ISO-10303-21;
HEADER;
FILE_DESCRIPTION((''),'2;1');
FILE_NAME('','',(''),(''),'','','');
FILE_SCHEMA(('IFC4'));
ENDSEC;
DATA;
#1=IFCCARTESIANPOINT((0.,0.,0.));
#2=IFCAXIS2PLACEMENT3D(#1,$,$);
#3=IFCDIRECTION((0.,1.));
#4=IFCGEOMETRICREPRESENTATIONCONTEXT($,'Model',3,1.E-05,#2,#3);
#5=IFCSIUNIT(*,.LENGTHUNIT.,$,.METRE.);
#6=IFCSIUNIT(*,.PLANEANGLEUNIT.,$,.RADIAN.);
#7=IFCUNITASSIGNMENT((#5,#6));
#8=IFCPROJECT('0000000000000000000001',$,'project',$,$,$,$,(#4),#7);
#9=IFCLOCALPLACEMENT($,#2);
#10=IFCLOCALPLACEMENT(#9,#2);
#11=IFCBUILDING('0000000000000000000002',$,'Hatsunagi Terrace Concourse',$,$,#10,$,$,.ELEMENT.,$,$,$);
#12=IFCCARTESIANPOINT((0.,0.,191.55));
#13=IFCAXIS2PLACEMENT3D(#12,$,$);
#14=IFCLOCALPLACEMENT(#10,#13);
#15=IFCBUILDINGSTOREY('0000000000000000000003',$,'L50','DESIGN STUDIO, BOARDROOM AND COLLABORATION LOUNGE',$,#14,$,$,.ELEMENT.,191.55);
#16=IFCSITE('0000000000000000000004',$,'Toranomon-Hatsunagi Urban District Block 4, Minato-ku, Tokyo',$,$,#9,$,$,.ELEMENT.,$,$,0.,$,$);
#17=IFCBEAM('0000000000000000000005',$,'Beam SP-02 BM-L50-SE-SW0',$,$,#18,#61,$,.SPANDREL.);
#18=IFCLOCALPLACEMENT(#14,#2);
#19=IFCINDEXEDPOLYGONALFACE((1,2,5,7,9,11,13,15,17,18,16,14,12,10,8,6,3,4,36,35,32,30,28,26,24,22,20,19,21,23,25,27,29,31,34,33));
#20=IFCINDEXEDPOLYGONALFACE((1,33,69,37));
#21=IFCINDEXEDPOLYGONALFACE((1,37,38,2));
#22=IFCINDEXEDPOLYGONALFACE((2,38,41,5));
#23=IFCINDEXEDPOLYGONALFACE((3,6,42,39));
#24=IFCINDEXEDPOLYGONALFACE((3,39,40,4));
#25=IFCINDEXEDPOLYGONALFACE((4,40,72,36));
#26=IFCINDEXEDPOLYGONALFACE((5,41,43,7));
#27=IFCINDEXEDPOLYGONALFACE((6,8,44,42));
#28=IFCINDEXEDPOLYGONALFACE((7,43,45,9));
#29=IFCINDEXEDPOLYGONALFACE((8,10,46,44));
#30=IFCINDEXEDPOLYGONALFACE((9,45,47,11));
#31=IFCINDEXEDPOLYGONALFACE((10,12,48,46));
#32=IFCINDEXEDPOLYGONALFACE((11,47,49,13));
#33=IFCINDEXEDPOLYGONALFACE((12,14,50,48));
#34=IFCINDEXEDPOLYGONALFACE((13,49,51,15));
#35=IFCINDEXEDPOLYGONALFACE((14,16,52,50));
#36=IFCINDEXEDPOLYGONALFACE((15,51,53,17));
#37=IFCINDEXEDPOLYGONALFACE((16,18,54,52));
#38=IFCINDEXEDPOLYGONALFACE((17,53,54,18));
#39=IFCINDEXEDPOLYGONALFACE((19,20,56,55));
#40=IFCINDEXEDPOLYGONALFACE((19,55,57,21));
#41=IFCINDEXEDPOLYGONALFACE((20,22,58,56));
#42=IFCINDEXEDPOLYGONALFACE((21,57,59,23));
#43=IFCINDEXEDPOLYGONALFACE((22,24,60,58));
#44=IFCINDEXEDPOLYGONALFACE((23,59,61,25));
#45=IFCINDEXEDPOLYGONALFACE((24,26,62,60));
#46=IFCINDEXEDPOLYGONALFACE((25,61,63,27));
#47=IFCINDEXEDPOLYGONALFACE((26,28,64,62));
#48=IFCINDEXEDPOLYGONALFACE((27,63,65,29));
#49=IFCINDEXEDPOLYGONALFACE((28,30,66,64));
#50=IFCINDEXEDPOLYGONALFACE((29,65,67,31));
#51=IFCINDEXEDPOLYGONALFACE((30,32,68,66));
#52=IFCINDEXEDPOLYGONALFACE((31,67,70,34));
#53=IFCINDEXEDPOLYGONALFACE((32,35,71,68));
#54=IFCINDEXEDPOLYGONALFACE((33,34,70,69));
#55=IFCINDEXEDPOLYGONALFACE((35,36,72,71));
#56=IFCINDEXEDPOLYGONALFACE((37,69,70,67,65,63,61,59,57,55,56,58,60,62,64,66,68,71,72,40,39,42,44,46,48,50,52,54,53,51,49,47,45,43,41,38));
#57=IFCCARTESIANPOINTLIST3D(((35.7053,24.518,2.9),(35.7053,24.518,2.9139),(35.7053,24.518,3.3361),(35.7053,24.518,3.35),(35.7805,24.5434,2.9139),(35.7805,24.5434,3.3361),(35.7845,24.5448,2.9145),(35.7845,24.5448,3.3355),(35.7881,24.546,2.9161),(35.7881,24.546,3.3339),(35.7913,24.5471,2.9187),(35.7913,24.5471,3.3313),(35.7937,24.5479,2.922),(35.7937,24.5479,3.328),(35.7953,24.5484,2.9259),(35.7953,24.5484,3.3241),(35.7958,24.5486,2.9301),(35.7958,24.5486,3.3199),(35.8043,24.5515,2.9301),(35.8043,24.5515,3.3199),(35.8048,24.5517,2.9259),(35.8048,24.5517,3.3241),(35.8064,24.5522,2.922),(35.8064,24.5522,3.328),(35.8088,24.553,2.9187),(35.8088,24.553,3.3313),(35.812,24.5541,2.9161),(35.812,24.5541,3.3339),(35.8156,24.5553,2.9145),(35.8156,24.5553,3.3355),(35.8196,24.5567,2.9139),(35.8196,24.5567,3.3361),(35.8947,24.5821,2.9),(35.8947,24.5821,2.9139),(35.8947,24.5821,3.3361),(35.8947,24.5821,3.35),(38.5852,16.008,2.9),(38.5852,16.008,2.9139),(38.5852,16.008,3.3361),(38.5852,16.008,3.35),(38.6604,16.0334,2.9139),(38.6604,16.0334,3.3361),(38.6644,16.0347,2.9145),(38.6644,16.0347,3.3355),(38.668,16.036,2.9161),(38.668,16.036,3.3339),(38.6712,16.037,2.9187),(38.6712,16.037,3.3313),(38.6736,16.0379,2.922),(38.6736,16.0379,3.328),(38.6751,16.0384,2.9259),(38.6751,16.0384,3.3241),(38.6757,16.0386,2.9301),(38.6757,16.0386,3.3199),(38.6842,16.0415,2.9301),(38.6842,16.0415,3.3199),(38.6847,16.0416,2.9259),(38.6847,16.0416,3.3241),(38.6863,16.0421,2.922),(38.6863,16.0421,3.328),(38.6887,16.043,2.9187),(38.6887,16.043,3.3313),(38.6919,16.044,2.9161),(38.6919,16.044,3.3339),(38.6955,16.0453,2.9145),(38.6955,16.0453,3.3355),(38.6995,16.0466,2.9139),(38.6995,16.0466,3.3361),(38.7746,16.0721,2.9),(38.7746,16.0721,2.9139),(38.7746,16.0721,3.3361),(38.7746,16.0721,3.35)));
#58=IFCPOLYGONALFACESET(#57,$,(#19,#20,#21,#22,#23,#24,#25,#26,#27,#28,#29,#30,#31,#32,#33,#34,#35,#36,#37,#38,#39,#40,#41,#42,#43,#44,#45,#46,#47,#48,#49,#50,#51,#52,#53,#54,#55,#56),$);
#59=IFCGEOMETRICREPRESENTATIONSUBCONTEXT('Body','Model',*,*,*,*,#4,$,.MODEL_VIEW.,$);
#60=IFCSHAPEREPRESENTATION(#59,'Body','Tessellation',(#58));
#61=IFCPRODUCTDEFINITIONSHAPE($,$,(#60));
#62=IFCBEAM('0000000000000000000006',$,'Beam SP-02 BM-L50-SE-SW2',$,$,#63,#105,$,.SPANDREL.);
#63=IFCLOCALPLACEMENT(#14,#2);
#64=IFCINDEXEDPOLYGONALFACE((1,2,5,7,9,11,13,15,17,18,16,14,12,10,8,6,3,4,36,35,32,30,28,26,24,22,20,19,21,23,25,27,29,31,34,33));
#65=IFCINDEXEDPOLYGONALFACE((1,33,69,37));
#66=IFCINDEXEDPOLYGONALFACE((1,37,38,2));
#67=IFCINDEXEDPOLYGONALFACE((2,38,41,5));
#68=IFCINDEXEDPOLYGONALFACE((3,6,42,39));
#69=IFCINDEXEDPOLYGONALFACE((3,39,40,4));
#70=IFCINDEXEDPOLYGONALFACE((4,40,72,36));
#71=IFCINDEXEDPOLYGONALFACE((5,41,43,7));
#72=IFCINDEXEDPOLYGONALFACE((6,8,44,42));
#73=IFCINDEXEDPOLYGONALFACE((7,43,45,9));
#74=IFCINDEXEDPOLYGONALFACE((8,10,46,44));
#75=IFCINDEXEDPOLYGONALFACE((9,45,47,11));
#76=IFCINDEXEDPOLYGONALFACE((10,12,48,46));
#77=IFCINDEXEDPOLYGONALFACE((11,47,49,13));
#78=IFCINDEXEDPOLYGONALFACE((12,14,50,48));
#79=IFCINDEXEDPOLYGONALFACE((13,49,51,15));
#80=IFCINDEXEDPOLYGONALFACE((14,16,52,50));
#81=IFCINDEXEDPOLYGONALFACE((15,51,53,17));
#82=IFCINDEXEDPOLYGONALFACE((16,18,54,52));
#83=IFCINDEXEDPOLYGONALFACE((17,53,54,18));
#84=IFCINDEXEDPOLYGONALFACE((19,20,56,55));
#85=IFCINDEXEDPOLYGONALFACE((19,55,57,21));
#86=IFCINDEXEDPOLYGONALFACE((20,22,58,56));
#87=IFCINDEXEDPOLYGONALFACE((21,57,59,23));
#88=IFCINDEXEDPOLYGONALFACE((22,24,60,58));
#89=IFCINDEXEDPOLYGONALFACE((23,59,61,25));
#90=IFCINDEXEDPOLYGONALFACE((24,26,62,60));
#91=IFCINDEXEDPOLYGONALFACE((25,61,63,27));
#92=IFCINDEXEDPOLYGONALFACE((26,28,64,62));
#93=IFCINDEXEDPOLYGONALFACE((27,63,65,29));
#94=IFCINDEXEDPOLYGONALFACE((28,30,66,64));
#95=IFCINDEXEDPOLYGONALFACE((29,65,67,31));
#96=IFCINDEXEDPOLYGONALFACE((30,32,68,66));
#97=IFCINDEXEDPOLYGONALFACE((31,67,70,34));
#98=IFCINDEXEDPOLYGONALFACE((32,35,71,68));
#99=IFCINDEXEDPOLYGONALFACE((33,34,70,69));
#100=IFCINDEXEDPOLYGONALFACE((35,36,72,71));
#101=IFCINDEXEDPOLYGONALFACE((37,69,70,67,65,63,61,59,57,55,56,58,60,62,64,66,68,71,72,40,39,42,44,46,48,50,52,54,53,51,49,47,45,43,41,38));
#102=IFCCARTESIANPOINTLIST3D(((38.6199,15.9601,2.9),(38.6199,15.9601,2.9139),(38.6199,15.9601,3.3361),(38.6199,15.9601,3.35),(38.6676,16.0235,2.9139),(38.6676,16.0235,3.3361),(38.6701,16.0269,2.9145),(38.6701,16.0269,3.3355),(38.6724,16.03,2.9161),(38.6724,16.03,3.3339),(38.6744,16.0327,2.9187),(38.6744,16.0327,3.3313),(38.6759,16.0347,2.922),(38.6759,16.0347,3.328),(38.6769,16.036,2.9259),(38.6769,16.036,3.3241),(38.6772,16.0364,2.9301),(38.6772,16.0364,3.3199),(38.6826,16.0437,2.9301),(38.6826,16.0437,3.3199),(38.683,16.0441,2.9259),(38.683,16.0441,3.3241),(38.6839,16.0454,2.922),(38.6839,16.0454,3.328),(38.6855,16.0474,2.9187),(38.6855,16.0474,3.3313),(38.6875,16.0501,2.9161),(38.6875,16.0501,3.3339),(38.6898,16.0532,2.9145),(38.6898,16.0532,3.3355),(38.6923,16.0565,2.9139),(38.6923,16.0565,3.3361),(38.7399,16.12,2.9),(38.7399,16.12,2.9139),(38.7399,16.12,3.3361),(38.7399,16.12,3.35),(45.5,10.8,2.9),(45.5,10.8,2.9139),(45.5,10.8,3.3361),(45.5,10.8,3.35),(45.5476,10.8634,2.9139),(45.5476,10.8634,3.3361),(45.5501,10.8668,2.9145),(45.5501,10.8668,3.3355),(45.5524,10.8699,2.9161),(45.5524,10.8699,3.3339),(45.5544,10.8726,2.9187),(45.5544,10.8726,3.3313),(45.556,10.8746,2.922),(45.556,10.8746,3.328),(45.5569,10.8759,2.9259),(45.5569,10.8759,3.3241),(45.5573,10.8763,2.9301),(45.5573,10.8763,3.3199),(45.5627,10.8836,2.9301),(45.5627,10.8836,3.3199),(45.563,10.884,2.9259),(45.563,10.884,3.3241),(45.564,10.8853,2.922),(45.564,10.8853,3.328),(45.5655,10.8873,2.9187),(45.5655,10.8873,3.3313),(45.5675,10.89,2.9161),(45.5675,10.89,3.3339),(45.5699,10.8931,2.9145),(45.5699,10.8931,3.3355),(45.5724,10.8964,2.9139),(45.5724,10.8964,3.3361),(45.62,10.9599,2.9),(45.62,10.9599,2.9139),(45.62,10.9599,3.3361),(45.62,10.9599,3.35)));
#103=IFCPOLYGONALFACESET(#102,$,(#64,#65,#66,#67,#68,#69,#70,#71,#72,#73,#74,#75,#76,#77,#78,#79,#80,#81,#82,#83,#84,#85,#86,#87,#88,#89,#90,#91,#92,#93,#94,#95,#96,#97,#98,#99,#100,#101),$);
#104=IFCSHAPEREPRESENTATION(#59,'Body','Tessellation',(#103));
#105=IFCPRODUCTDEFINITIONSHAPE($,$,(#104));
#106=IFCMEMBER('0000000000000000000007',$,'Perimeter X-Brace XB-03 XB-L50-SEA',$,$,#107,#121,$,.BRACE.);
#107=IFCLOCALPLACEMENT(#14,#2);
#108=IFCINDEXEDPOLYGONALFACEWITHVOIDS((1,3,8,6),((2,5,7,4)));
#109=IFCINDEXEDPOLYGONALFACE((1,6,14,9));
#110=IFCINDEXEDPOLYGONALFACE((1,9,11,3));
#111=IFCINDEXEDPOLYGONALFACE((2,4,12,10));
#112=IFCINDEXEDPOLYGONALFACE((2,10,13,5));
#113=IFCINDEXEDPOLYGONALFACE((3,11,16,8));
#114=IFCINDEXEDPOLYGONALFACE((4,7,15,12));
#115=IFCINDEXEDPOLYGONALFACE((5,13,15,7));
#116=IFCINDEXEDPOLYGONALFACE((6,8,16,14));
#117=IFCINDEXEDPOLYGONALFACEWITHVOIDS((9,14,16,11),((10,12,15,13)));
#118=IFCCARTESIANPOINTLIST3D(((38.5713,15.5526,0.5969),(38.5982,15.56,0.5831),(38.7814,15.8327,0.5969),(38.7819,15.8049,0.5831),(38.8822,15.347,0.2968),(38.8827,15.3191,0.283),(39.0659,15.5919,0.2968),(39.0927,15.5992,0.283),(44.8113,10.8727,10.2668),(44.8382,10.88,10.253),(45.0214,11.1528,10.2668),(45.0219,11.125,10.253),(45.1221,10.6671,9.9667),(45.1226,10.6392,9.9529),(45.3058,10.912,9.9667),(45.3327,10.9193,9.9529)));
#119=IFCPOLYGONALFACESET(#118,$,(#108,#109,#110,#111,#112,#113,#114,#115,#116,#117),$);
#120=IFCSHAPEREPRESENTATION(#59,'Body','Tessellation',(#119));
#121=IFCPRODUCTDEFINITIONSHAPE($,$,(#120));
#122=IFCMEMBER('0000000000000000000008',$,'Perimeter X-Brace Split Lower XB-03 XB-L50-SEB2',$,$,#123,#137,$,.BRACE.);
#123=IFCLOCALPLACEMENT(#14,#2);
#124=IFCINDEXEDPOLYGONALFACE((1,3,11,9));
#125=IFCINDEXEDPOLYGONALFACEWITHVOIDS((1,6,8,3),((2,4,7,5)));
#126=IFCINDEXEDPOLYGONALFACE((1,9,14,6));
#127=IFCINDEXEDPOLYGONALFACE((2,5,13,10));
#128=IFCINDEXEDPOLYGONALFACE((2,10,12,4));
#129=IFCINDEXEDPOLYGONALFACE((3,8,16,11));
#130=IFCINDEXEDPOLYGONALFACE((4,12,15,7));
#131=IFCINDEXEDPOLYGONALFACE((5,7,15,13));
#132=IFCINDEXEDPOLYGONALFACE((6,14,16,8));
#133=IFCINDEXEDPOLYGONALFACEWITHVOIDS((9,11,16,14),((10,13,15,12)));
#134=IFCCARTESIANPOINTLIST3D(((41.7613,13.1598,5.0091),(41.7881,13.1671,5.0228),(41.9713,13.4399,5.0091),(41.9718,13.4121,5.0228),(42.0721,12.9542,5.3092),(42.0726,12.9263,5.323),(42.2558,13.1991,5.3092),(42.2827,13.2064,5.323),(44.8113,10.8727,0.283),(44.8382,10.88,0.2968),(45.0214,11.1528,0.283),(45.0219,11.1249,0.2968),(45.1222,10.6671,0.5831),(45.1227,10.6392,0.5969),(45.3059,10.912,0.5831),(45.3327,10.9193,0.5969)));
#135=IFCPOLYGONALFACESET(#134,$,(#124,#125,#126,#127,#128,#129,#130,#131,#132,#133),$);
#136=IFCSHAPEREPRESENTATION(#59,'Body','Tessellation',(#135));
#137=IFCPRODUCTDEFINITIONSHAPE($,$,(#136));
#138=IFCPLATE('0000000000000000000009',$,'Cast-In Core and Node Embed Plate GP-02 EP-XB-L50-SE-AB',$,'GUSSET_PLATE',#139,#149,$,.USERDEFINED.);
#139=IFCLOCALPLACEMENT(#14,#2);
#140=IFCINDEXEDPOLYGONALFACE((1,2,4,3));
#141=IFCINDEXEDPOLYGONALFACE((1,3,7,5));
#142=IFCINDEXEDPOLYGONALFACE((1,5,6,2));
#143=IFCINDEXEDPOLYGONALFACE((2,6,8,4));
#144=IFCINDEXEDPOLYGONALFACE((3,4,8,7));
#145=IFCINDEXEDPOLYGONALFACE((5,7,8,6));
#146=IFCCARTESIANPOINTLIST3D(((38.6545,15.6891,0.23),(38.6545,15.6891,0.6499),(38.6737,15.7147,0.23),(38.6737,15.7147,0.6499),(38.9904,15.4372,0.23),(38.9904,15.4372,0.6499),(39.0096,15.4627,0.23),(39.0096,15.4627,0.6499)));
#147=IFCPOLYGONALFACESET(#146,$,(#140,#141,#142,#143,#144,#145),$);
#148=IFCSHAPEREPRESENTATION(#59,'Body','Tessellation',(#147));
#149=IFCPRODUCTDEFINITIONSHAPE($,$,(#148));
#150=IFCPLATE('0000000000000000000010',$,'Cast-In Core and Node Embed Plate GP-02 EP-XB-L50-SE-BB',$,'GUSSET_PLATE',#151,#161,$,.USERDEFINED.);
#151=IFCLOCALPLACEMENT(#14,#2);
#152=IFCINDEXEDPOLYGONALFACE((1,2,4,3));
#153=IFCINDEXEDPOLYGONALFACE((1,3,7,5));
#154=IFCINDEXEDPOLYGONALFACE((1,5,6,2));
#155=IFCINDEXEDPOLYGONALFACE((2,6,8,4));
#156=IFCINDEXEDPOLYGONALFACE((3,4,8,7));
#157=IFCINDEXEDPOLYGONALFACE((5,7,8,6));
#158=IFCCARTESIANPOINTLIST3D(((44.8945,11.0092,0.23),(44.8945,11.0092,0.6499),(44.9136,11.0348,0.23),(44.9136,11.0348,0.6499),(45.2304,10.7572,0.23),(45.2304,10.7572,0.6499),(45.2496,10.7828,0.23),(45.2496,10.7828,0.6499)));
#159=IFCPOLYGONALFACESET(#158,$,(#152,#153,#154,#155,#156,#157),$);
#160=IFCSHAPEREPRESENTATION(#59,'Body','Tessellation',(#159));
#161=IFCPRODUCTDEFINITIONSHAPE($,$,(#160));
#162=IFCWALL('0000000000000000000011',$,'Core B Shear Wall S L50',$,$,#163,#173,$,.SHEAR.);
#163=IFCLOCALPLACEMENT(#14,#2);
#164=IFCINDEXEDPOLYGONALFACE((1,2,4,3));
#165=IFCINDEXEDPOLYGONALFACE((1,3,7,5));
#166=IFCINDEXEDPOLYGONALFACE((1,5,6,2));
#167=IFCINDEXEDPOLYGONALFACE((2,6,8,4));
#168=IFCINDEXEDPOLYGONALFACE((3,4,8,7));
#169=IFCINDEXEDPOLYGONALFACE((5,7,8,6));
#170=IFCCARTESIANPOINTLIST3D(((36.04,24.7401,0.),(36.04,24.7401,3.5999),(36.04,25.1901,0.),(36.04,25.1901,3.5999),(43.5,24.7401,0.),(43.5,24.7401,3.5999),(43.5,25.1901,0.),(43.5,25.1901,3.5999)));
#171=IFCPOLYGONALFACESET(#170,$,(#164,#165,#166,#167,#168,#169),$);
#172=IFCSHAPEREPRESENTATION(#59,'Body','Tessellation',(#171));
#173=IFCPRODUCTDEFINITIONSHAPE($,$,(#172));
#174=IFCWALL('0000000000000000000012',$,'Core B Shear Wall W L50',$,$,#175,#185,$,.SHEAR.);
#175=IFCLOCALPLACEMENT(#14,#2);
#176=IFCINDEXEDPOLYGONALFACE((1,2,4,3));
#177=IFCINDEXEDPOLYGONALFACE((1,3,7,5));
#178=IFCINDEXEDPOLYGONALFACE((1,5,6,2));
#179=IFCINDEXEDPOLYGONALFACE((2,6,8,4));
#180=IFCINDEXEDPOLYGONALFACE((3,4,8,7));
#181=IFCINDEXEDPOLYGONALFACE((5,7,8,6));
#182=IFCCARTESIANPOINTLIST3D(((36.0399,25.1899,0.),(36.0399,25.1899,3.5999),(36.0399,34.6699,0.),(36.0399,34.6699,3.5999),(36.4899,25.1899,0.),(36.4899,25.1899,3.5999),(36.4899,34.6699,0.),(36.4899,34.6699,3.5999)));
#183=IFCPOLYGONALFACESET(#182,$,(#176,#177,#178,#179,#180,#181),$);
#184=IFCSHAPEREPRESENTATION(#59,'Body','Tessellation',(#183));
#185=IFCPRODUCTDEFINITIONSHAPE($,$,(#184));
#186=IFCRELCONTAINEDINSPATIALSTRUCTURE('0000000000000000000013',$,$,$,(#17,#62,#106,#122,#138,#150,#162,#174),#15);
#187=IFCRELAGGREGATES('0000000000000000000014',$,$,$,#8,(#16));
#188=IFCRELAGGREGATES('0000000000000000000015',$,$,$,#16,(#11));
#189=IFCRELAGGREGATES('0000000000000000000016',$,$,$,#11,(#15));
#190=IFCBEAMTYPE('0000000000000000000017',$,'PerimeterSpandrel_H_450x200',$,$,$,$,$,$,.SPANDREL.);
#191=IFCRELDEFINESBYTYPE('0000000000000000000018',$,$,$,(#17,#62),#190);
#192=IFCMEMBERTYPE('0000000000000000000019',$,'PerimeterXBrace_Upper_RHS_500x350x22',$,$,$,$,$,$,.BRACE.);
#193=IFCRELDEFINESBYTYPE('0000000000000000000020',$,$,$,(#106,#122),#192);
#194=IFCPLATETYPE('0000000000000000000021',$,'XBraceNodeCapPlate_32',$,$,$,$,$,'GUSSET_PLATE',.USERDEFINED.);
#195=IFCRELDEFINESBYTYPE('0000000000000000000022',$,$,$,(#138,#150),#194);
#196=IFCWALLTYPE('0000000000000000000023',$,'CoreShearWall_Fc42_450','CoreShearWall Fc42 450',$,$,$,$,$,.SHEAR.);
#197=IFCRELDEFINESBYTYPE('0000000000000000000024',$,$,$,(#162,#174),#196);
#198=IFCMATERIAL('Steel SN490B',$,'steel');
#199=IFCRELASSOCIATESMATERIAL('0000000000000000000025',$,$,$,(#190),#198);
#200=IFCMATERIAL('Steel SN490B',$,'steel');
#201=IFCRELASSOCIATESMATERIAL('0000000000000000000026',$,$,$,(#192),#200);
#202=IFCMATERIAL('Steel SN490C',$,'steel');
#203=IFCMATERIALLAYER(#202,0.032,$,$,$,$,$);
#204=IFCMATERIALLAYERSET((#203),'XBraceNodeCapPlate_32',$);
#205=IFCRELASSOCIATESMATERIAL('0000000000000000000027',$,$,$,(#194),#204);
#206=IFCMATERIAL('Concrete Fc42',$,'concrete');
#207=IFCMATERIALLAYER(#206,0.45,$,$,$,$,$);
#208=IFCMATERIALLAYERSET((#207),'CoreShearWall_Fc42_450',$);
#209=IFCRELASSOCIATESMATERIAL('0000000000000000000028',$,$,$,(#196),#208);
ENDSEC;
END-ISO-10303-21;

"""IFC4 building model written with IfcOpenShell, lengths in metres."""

from ifc_helpers import new_model, si_unit, direction, frame, frame_2d, origin, origin_2d, place, context, subcontext, project, spatial, rectangle, hollow_rectangle, i_section, extrude, material, layer, layer_set, material_profile, profile_set, type_object, element, save


model = new_model("IFC4")

# Units and contexts
model_context = context("Model", 3, precision=1e-05, world=origin(), true_north=direction((0.0, 1.0)))
body_context = subcontext(model_context, "Body", "Model", "MODEL_VIEW")
ifc_project = project(units=[si_unit("LENGTHUNIT", "METRE"), si_unit("PLANEANGLEUNIT", "RADIAN")], contexts=[model_context])

# Site, building, storey
site_placement = place(None, origin())
site = spatial("IfcSite", under=ifc_project, at=site_placement, Name="Toranomon-Hatsunagi Urban District Block 4, Minato-ku, Tokyo", CompositionType="ELEMENT", RefElevation=0.0)
building_placement = place(site_placement, origin())
building = spatial("IfcBuilding", under=site, at=building_placement, Name="Hatsunagi Terrace Concourse", CompositionType="ELEMENT")
storey_placement = place(building_placement, frame((0.0, 0.0, 191.55)))
storey = spatial("IfcBuildingStorey", under=building, at=storey_placement, Name="L50", Description="DESIGN STUDIO, BOARDROOM AND COLLABORATION LOUNGE", CompositionType="ELEMENT", Elevation=191.55)

# Beams
ifc_material_1 = material(Name="Steel SN490B", Category="steel")
ifc_material_profile_1 = material_profile(ifc_material_1, i_section(OverallWidth=0.2, OverallDepth=0.45, WebThickness=0.009, FlangeThickness=0.0139, FilletRadius=0.0161, at=origin_2d()), Name="H-450x200x9x14")
ifc_profile_set_1 = profile_set([ifc_material_profile_1], Name="Steel SN490B")
beam_type_1 = type_object("IfcBeamType", Name="PerimeterSpandrel_H_450x200", PredefinedType="SPANDREL", material=ifc_profile_set_1)
beam_1_placement = place(storey_placement, frame((35.8, 24.55, 3.125), z_axis=(0.320553, -0.94723, 0.0), x_axis=(0.94723, 0.320553, 0.0)))
element("IfcBeam", 1, at=beam_1_placement, inside=storey, type_object=beam_type_1, Name="Beam SP-02 BM-L50-SE-SW0", PredefinedType="SPANDREL", context=body_context, shape_type="SweptSolid", body=[
    extrude(i_section(OverallWidth=0.2, OverallDepth=0.45, WebThickness=0.009, FlangeThickness=0.0139, FilletRadius=0.0161, at=origin_2d()), origin(), (0.0, 0.0, 1.0), 8.9841),
])
beam_2_placement = place(storey_placement, frame((38.6799, 16.04, 3.125), z_axis=(0.799997, -0.600005, 0.0), x_axis=(0.600005, 0.799997, 0.0)))
element("IfcBeam", 2, at=beam_2_placement, inside=storey, type_object=beam_type_1, Name="Beam SP-02 BM-L50-SE-SW2", PredefinedType="SPANDREL", context=body_context, shape_type="SweptSolid", body=[
    extrude(i_section(OverallWidth=0.2, OverallDepth=0.45, WebThickness=0.009, FlangeThickness=0.0139, FilletRadius=0.0161, at=origin_2d()), origin(), (0.0, 0.0, 1.0), 8.6001),
])

# Members
ifc_material_2 = material(Name="Steel SN490B", Category="steel")
ifc_material_profile_2 = material_profile(ifc_material_2, hollow_rectangle(XDim=0.3501, YDim=0.5, WallThickness=0.022, at=origin_2d()), Name="RHS-500x350x22")
ifc_profile_set_2 = profile_set([ifc_material_profile_2], Name="Steel SN490B")
member_type = type_object("IfcMemberType", Name="PerimeterXBrace_Upper_RHS_500x350x22", PredefinedType="BRACE", material=ifc_profile_set_2)
member_1_placement = place(storey_placement, frame((38.832, 15.5759, 0.4399), z_axis=(0.502268, -0.376696, 0.778349), x_axis=(0.599995, 0.800004, 0.0)))
element("IfcMember", 3, at=member_1_placement, inside=storey, type_object=member_type, Name="Perimeter X-Brace XB-03 XB-L50-SEA", PredefinedType="BRACE", context=body_context, shape_type="SweptSolid", body=[
    extrude(hollow_rectangle(XDim=0.3501, YDim=0.5, WallThickness=0.022, at=origin_2d()), origin(), (0.0, 0.0, 1.0), 12.4236),
])
member_2_placement = place(storey_placement, frame((42.022, 13.1831, 5.166), z_axis=(0.502312, -0.376664, -0.778336), x_axis=(0.599928, 0.800054, 0.0)))
element("IfcMember", 4, at=member_2_placement, inside=storey, type_object=member_type, Name="Perimeter X-Brace Split Lower XB-03 XB-L50-SEB2", PredefinedType="BRACE", context=body_context, shape_type="SweptSolid", body=[
    extrude(hollow_rectangle(XDim=0.3501, YDim=0.5, WallThickness=0.022, at=origin_2d()), origin(), (0.0, 0.0, 1.0), 6.072),
])

# Plates
ifc_material_3 = material(Name="Steel SN490C", Category="steel")
ifc_layer_1 = layer(ifc_material_3, 0.032)
ifc_layer_set_1 = layer_set([ifc_layer_1], Name="XBraceNodeCapPlate_32")
plate_type = type_object("IfcPlateType", Name="XBraceNodeCapPlate_32", ElementType="GUSSET_PLATE", PredefinedType="USERDEFINED", material=ifc_layer_set_1)
for number, where, z_axis, x_axis, name in (
    (5, (38.832, 15.5759, 0.23), (0.0, 0.0, 1.0), (0.8, -0.6, 0.0), "Cast-In Core and Node Embed Plate GP-02 EP-XB-L50-SE-AB"),
    (6, (45.072, 10.896, 0.23), (0.0, 0.0, 1.0), (0.8, -0.6, 0.0), "Cast-In Core and Node Embed Plate GP-02 EP-XB-L50-SE-BB"),
):
    element("IfcPlate", number, at=place(storey_placement, frame(where, z_axis=z_axis, x_axis=x_axis)), inside=storey, type_object=plate_type, Name=name, ObjectType="GUSSET_PLATE", PredefinedType="USERDEFINED", context=body_context, shape_type="SweptSolid", body=[
        extrude(rectangle(XDim=0.4199, YDim=0.032, at=origin_2d()), origin(), (0.0, 0.0, 1.0), 0.4199),
    ])

# Walls
ifc_material_4 = material(Name="Concrete Fc42", Category="concrete")
ifc_layer_2 = layer(ifc_material_4, 0.45)
ifc_layer_set_2 = layer_set([ifc_layer_2], Name="CoreShearWall_Fc42_450")
wall_type_1 = type_object("IfcWallType", Name="CoreShearWall_Fc42_450", Description="CoreShearWall Fc42 450", PredefinedType="SHEAR", material=ifc_layer_set_2)
wall_1_placement = place(storey_placement, frame((36.04, 24.9651, 0.0), z_axis=(0.0, 0.0, 1.0), x_axis=(1.0, 0.0, 0.0)))
element("IfcWall", 7, at=wall_1_placement, inside=storey, type_object=wall_type_1, Name="Core B Shear Wall S L50", PredefinedType="SHEAR", context=body_context, shape_type="SweptSolid", body=[
    extrude(rectangle(XDim=7.46, YDim=0.45, at=frame_2d((3.73, 0.0))), origin(), (0.0, 0.0, 1.0), 3.5999),
])
wall_2_placement = place(storey_placement, frame((36.2649, 25.1899, 0.0), z_axis=(0.0, 0.0, 1.0), x_axis=(0.0, 1.0, 0.0)))
element("IfcWall", 8, at=wall_2_placement, inside=storey, type_object=wall_type_1, Name="Core B Shear Wall W L50", PredefinedType="SHEAR", context=body_context, shape_type="SweptSolid", body=[
    extrude(rectangle(XDim=9.48, YDim=0.45, at=frame_2d((4.74, 0.0))), origin(), (0.0, 0.0, 1.0), 3.5999),
])

save(model, "model.ifc")
